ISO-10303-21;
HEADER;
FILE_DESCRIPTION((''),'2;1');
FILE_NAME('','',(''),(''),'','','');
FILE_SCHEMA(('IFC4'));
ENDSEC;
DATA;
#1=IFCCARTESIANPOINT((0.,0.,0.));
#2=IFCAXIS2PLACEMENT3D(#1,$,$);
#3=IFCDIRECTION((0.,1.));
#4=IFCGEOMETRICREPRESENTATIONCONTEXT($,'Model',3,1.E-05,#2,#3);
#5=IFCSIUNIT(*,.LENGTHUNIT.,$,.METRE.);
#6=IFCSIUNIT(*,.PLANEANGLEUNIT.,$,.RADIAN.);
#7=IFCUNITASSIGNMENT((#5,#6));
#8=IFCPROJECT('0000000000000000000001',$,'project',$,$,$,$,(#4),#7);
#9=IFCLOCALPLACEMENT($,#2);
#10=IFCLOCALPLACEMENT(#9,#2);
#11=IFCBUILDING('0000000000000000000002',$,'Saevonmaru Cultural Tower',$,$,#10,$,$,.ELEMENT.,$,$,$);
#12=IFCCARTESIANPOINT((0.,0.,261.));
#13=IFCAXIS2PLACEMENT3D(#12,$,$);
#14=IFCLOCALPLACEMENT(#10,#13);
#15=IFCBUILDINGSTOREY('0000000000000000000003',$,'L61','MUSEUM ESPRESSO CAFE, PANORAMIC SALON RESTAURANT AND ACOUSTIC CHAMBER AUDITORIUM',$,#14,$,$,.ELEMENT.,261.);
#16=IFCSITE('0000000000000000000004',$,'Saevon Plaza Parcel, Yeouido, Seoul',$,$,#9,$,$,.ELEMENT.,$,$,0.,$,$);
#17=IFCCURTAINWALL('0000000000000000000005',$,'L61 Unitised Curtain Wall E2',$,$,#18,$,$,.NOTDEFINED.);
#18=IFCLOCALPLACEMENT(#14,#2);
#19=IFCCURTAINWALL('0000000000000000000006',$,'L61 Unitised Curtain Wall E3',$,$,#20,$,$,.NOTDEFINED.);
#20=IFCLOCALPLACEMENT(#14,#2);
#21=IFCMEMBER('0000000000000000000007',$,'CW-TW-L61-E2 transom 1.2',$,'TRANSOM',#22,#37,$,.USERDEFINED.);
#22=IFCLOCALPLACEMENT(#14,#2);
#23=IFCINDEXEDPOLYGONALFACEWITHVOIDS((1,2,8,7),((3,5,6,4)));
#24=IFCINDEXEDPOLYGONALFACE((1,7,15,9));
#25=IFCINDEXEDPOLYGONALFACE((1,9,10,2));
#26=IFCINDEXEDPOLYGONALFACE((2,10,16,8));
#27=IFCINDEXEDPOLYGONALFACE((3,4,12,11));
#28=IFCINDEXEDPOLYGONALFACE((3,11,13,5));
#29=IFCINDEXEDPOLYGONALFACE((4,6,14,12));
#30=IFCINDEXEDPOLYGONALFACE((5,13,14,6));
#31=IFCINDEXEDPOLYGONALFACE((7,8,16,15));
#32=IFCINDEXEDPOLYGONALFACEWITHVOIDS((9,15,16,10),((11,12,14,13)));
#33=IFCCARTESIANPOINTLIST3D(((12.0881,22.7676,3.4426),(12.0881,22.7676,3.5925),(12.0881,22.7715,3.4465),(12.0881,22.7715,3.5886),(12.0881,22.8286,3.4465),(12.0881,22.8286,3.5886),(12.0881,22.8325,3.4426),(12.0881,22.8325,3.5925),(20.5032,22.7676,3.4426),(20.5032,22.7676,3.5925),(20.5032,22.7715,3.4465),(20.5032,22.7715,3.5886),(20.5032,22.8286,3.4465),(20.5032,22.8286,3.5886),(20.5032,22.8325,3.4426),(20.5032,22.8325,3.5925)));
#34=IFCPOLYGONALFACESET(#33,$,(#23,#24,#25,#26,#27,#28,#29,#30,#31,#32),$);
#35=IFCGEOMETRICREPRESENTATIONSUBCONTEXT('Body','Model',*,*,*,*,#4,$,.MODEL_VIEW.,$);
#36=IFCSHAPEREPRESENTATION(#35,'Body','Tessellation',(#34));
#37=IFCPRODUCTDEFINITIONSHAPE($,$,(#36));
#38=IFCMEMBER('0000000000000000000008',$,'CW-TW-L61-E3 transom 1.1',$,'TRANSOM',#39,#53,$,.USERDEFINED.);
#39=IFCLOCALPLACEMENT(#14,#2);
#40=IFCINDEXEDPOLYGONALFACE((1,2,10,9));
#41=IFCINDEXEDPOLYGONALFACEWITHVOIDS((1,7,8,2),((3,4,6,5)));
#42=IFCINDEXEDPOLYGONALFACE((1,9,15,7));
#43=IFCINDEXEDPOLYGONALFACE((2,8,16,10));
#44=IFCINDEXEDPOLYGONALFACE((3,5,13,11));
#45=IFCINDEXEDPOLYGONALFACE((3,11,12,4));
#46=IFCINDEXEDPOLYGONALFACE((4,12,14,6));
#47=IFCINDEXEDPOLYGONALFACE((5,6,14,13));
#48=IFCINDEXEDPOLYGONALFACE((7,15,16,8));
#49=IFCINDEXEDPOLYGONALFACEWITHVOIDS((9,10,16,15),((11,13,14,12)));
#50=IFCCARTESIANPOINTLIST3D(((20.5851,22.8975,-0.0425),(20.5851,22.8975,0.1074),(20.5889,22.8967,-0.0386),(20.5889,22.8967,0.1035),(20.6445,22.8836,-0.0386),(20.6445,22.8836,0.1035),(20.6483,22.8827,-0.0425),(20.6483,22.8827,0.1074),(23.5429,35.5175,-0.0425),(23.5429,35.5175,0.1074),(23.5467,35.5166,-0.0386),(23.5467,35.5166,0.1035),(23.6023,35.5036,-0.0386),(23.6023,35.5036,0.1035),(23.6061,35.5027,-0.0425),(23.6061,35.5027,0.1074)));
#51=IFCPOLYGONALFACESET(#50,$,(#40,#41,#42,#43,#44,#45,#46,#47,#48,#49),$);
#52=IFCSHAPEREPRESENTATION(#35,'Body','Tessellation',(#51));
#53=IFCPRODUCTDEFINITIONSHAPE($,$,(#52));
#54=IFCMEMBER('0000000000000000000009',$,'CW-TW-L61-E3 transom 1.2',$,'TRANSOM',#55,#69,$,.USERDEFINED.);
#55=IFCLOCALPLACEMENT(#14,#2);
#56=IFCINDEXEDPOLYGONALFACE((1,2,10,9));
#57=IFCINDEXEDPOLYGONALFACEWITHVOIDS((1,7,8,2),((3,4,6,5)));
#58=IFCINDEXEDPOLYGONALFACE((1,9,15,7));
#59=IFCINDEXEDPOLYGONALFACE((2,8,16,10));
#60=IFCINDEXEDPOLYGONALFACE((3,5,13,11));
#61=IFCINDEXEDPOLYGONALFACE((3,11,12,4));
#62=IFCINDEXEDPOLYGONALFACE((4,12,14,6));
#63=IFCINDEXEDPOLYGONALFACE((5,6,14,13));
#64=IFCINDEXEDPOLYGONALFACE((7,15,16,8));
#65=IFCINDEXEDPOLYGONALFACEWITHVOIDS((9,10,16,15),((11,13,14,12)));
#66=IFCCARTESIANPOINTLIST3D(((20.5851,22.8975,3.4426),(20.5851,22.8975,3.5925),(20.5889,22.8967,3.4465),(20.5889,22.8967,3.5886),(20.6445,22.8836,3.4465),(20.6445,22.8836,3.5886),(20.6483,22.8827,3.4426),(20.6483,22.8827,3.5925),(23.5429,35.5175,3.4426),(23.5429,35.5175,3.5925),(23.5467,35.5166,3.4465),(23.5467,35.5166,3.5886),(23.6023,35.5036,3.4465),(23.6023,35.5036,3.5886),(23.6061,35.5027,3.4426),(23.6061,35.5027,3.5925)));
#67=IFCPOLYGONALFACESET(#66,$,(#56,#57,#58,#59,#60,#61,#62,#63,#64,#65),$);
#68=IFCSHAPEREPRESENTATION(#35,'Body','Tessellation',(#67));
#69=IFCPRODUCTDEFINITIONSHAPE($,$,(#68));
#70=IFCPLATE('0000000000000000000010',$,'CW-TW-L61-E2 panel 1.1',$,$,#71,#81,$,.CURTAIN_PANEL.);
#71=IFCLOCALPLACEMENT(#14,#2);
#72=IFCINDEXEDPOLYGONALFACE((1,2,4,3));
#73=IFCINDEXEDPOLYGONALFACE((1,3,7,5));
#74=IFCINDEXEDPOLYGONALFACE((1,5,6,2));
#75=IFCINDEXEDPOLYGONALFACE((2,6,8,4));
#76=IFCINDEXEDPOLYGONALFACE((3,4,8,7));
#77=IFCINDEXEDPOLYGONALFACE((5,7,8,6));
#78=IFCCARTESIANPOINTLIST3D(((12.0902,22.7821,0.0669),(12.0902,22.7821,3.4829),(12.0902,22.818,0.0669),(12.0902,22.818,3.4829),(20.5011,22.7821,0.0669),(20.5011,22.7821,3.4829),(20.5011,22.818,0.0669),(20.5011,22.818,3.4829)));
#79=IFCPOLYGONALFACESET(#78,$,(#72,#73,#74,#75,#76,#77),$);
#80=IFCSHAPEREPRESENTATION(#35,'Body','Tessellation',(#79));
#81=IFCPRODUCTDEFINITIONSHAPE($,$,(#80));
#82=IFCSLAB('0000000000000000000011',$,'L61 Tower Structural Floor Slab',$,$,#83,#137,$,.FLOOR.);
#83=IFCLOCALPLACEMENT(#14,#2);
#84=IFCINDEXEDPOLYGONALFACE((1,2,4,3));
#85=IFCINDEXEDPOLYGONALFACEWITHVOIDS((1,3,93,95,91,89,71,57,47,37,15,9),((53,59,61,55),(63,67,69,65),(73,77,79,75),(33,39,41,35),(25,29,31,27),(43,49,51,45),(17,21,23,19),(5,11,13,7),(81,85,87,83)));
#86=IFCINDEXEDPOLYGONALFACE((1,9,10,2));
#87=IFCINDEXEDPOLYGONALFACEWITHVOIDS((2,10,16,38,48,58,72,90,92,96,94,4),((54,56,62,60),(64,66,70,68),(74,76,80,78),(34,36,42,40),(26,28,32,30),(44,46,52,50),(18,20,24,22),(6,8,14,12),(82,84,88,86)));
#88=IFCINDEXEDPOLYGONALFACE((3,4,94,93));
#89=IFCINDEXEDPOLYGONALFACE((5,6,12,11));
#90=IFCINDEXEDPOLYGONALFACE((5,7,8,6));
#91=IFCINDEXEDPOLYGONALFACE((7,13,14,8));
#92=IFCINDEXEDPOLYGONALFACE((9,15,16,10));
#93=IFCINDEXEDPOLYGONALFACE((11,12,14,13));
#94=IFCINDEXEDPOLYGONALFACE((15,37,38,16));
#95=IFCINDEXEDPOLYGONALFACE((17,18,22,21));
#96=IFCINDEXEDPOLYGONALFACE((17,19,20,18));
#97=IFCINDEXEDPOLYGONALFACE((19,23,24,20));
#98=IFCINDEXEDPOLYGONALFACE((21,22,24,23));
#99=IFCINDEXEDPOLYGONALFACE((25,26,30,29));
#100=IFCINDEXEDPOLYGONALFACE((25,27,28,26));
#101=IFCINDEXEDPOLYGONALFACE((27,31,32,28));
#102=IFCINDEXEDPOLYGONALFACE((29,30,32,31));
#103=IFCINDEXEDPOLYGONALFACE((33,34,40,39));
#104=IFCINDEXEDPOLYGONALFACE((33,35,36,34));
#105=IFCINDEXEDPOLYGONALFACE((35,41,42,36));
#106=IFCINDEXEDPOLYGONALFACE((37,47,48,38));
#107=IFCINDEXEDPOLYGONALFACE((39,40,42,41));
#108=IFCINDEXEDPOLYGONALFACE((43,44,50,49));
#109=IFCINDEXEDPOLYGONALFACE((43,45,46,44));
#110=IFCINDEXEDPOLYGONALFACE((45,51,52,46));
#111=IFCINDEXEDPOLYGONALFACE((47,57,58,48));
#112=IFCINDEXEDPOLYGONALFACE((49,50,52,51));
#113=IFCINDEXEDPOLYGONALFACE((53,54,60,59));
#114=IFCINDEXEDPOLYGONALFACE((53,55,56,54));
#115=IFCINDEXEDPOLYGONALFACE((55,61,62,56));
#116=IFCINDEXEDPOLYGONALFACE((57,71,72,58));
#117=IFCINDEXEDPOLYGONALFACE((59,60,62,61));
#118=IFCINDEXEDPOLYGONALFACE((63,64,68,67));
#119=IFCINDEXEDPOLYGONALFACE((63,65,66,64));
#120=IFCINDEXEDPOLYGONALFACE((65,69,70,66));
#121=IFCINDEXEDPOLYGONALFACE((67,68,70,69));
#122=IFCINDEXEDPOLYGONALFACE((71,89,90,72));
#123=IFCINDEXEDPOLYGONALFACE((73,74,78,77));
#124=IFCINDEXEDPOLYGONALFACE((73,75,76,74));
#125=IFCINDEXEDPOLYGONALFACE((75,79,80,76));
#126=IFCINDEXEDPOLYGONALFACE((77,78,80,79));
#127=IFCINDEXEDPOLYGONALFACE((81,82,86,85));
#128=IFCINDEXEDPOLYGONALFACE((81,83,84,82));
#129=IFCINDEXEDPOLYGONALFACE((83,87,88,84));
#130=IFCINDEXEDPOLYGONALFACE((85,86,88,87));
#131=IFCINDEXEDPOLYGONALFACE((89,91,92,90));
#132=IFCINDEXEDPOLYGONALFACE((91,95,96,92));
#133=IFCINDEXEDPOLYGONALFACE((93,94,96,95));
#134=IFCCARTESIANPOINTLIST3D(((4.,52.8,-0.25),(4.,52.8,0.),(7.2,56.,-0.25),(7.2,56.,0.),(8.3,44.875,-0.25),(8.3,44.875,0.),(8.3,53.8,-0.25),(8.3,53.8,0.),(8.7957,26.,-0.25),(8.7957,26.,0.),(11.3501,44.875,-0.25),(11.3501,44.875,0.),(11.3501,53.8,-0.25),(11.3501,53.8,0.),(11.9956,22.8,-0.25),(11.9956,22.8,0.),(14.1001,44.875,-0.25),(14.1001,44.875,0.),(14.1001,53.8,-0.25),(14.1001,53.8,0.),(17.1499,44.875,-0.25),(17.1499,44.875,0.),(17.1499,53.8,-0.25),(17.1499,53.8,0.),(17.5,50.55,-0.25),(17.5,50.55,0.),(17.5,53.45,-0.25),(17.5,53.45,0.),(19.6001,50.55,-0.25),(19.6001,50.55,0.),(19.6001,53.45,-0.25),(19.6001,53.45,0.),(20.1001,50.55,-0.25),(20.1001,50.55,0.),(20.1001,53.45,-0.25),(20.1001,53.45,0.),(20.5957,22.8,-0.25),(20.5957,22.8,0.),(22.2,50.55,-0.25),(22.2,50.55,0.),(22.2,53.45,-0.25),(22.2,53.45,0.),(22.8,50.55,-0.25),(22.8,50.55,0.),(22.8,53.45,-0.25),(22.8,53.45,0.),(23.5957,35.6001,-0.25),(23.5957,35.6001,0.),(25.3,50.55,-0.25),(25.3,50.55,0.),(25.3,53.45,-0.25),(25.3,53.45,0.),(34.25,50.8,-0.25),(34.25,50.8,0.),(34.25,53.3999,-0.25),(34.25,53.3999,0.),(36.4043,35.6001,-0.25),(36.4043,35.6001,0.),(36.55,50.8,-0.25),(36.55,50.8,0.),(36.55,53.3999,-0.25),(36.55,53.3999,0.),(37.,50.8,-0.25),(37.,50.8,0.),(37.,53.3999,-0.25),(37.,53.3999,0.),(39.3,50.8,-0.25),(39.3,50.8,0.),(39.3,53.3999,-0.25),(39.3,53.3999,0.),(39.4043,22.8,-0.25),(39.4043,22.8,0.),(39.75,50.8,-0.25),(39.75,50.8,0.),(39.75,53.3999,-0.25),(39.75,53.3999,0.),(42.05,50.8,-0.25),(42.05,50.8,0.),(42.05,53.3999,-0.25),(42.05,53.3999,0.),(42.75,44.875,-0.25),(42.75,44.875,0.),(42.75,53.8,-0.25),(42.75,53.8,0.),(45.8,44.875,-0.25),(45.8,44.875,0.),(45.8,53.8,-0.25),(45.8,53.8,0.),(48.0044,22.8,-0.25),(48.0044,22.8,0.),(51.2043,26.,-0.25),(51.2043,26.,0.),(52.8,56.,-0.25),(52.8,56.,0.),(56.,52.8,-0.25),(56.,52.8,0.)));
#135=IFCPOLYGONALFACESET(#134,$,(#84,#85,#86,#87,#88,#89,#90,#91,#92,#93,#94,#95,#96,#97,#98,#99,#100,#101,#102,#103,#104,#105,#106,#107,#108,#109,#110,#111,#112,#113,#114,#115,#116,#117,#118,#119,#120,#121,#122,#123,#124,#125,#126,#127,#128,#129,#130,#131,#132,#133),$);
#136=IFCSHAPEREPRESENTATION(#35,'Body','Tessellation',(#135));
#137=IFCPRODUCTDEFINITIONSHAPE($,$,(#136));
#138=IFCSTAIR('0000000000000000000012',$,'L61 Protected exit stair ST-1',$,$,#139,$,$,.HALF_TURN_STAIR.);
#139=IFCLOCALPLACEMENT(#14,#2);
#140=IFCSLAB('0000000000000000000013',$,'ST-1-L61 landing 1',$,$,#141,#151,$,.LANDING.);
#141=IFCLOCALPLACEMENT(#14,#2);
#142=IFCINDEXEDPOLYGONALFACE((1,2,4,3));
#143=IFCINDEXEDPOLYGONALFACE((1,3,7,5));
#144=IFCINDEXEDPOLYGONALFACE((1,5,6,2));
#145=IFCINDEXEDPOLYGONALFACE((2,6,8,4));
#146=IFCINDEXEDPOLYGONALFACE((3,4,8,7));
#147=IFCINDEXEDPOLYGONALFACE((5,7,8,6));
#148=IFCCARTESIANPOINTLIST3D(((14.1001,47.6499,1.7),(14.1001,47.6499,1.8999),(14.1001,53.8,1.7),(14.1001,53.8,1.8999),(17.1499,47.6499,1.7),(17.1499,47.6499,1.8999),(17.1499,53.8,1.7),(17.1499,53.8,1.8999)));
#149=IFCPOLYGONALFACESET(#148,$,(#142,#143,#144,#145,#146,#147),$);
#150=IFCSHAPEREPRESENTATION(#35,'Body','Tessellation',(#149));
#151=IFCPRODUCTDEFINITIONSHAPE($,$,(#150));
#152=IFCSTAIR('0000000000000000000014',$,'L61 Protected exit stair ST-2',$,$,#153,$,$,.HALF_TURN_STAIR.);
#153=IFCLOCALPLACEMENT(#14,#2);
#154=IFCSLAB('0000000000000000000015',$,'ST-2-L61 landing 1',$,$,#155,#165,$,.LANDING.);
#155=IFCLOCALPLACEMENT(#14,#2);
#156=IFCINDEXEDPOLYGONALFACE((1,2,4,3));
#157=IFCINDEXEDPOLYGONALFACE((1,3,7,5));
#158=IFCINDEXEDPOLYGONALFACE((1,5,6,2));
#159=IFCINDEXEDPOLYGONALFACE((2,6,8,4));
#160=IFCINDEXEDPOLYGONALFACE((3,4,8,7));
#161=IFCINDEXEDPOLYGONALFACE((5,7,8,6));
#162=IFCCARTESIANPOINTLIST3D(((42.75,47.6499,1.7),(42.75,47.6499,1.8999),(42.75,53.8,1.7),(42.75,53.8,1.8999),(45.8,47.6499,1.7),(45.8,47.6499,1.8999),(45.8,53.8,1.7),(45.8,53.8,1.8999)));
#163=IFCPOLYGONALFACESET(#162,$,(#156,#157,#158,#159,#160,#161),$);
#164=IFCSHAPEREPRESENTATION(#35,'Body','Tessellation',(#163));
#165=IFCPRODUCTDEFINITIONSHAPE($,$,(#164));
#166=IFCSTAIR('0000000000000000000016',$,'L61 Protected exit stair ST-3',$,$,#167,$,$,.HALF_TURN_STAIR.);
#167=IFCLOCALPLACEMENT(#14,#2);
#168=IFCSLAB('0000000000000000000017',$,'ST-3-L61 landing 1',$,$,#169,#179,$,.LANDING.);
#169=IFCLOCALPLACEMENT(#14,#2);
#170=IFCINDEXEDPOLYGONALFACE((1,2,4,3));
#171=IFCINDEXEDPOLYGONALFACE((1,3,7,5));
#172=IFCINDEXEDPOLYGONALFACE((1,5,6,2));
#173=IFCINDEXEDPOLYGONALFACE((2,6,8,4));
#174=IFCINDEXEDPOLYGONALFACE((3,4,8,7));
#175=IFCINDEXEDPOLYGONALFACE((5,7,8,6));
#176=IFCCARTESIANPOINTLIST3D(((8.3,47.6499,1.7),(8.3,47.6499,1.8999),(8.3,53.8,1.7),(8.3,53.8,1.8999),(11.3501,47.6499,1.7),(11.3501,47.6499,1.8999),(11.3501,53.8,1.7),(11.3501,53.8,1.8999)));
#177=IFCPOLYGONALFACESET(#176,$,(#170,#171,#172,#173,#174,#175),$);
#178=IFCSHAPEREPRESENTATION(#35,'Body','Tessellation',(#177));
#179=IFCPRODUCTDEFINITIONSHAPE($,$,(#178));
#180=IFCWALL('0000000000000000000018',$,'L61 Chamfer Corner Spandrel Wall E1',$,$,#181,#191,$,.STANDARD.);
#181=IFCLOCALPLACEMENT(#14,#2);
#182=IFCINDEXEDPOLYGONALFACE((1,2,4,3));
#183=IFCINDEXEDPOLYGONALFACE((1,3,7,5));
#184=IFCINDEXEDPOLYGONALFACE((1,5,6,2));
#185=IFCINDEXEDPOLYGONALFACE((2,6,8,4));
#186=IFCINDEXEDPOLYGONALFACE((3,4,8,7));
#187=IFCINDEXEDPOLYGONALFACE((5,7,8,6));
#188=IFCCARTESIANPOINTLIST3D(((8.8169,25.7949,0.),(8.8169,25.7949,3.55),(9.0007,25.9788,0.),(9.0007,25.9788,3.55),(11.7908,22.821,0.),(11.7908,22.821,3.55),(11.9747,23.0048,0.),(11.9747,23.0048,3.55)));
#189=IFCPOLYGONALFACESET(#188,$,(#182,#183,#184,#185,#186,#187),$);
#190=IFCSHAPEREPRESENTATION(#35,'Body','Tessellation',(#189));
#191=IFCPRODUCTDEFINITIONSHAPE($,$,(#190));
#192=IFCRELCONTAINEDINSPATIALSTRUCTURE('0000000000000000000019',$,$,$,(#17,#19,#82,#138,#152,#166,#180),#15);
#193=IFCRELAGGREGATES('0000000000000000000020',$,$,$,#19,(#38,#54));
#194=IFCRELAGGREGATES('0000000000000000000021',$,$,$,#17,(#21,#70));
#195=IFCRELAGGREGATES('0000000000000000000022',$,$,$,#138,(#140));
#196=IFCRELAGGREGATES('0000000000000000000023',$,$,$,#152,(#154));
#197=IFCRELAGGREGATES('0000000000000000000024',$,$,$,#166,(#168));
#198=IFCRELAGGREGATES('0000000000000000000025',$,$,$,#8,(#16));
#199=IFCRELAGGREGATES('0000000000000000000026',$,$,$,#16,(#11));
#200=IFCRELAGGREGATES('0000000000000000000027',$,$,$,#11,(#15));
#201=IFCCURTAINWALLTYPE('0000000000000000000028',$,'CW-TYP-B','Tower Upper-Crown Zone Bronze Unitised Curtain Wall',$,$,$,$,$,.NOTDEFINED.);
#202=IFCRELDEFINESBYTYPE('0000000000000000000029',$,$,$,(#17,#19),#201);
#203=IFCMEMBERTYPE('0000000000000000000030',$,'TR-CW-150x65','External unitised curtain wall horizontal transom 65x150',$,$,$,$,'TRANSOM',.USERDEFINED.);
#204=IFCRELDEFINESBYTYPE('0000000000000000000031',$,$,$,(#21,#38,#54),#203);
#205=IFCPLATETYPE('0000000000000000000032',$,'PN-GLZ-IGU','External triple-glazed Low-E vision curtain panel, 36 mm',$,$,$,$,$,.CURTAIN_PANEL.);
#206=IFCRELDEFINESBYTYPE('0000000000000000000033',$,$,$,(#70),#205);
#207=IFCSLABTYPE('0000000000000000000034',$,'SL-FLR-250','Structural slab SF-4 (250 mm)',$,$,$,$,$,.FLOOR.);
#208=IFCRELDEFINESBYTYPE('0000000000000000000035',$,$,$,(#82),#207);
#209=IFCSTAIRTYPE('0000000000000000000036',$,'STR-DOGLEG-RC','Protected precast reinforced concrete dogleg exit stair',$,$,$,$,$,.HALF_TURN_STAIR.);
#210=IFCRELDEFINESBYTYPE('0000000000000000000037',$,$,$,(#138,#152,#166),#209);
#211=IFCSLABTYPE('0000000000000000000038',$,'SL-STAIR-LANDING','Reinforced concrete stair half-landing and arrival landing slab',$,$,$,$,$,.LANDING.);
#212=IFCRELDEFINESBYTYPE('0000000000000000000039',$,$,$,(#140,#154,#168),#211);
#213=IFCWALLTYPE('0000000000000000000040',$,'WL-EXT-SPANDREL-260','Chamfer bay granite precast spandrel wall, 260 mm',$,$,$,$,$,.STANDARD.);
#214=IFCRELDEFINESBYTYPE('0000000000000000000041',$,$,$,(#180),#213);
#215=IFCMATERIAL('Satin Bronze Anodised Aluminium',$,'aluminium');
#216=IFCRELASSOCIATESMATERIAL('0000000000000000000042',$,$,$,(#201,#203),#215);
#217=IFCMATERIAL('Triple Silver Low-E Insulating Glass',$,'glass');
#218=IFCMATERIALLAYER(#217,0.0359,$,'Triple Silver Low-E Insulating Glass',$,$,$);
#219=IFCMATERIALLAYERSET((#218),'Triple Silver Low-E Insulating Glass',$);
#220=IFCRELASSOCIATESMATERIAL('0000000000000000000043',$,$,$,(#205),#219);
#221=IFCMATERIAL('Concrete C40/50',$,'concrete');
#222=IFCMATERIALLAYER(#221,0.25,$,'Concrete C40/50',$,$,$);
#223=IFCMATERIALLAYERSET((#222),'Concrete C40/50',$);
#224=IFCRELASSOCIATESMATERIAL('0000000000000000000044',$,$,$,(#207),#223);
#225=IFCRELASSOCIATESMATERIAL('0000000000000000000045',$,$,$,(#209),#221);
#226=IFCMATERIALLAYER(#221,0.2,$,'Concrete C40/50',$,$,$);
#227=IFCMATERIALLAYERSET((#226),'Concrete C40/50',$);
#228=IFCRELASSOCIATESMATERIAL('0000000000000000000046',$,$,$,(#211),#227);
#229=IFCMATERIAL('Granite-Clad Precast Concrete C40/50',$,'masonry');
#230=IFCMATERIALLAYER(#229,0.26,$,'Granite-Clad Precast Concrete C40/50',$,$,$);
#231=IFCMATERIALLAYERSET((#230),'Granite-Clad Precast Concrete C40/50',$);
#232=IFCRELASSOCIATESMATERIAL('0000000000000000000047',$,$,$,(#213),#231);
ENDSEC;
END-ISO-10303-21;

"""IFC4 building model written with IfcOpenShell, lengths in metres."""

from ifc_helpers import new_model, si_unit, direction, frame, frame_2d, origin, origin_2d, place, context, subcontext, project, spatial, polyline, rectangle, hollow_rectangle, outline, extrude, material, layer, layer_set, material_profile, profile_set, type_object, element, aggregate, save


model = new_model("IFC4")

# Units and contexts
model_context = context("Model", 3, precision=1e-05, world=origin(), true_north=direction((0.0, 1.0)))
body_context = subcontext(model_context, "Body", "Model", "MODEL_VIEW")
ifc_project = project(units=[si_unit("LENGTHUNIT", "METRE"), si_unit("PLANEANGLEUNIT", "RADIAN")], contexts=[model_context])

# Site, building, storey
site_placement = place(None, origin())
site = spatial("IfcSite", under=ifc_project, at=site_placement, Name="Saevon Plaza Parcel, Yeouido, Seoul", CompositionType="ELEMENT", RefElevation=0.0)
building_placement = place(site_placement, origin())
building = spatial("IfcBuilding", under=site, at=building_placement, Name="Saevonmaru Cultural Tower", CompositionType="ELEMENT")
storey_placement = place(building_placement, frame((0.0, 0.0, 261.0)))
storey = spatial("IfcBuildingStorey", under=building, at=storey_placement, Name="L61", Description="MUSEUM ESPRESSO CAFE, PANORAMIC SALON RESTAURANT AND ACOUSTIC CHAMBER AUDITORIUM", CompositionType="ELEMENT", Elevation=261.0)

# Curtain wall
ifc_material_1 = material(Name="Satin Bronze Anodised Aluminium", Category="aluminium")
curtain_wall_type = type_object("IfcCurtainWallType", Name="CW-TYP-B", Description="Tower Upper-Crown Zone Bronze Unitised Curtain Wall", PredefinedType="NOTDEFINED", material=ifc_material_1)
curtain_wall_1_placement = place(storey_placement, origin())
curtain_wall_1 = element("IfcCurtainWall", 1, at=curtain_wall_1_placement, inside=storey, type_object=curtain_wall_type, Name="L61 Unitised Curtain Wall E2", PredefinedType="NOTDEFINED")

# Curtain wall
curtain_wall_2_placement = place(storey_placement, origin())
curtain_wall_2 = element("IfcCurtainWall", 2, at=curtain_wall_2_placement, inside=storey, type_object=curtain_wall_type, Name="L61 Unitised Curtain Wall E3", PredefinedType="NOTDEFINED")

# Members
ifc_material_profile_1 = material_profile(ifc_material_1, hollow_rectangle(XDim=0.0649, YDim=0.1499, WallThickness=0.0039, at=origin_2d()), Name="ALU-TRAN-150x65x4")
ifc_profile_set_1 = profile_set([ifc_material_profile_1], Name="Satin Bronze Anodised Aluminium")
member_type_1 = type_object("IfcMemberType", Name="TR-CW-150x65", Description="External unitised curtain wall horizontal transom 65x150", ElementType="TRANSOM", PredefinedType="USERDEFINED", material=ifc_profile_set_1)
member_1_placement = place(storey_placement, frame((12.0881, 22.8, 3.5176), z_axis=(1.0, 0.0, 0.0), x_axis=(0.0, 1.0, 0.0)))
member_1 = element("IfcMember", 3, at=member_1_placement, type_object=member_type_1, Name="CW-TW-L61-E2 transom 1.2", ObjectType="TRANSOM", PredefinedType="USERDEFINED", context=body_context, shape_type="SweptSolid", body=[
    extrude(hollow_rectangle(XDim=0.0649, YDim=0.1499, WallThickness=0.0039, at=origin_2d()), origin(), (0.0, 0.0, 1.0), 8.415),
])
member_2_placement = place(storey_placement, frame((20.6167, 22.8901, 0.0325), z_axis=(0.22819, 0.973617, 0.0), x_axis=(-0.973617, 0.22819, 0.0)))
member_2 = element("IfcMember", 4, at=member_2_placement, type_object=member_type_1, Name="CW-TW-L61-E3 transom 1.1", ObjectType="TRANSOM", PredefinedType="USERDEFINED", context=body_context, shape_type="SweptSolid", body=[
    extrude(hollow_rectangle(XDim=0.0649, YDim=0.1499, WallThickness=0.0039, at=origin_2d()), origin(), (0.0, 0.0, 1.0), 12.9619),
])
member_3_placement = place(storey_placement, frame((20.6167, 22.8901, 3.5176), z_axis=(0.22819, 0.973617, 0.0), x_axis=(-0.973617, 0.22819, 0.0)))
member_3 = element("IfcMember", 5, at=member_3_placement, type_object=member_type_1, Name="CW-TW-L61-E3 transom 1.2", ObjectType="TRANSOM", PredefinedType="USERDEFINED", context=body_context, shape_type="SweptSolid", body=[
    extrude(hollow_rectangle(XDim=0.0649, YDim=0.1499, WallThickness=0.0039, at=origin_2d()), origin(), (0.0, 0.0, 1.0), 12.9619),
])
aggregate(curtain_wall_2, [member_2, member_3])

# Plate
ifc_material_2 = material(Name="Triple Silver Low-E Insulating Glass", Category="glass")
ifc_layer_1 = layer(ifc_material_2, 0.0359, Name="Triple Silver Low-E Insulating Glass")
ifc_layer_set_1 = layer_set([ifc_layer_1], Name="Triple Silver Low-E Insulating Glass")
plate_type = type_object("IfcPlateType", Name="PN-GLZ-IGU", Description="External triple-glazed Low-E vision curtain panel, 36 mm", PredefinedType="CURTAIN_PANEL", material=ifc_layer_set_1)
plate_placement = place(storey_placement, frame((16.2957, 22.8, 0.0669), z_axis=(0.0, 0.0, 1.0), x_axis=(1.0, 0.0, 0.0)))
plate = element("IfcPlate", 6, at=plate_placement, type_object=plate_type, Name="CW-TW-L61-E2 panel 1.1", PredefinedType="CURTAIN_PANEL", context=body_context, shape_type="SweptSolid", body=[
    extrude(rectangle(XDim=8.4109, YDim=0.0359, at=origin_2d()), origin(), (0.0, 0.0, 1.0), 3.416),
])
aggregate(curtain_wall_1, [member_1, plate])

# Slab
ifc_material_3 = material(Name="Concrete C40/50", Category="concrete")
ifc_layer_2 = layer(ifc_material_3, 0.25, Name="Concrete C40/50")
ifc_layer_set_2 = layer_set([ifc_layer_2], Name="Concrete C40/50")
slab_type_1 = type_object("IfcSlabType", Name="SL-FLR-250", Description="Structural slab SF-4 (250 mm)", PredefinedType="FLOOR", material=ifc_layer_set_2)
slab_1_placement = place(storey_placement, frame((0.0, 0.0, -0.25)))
element("IfcSlab", 7, at=slab_1_placement, inside=storey, type_object=slab_type_1, Name="L61 Tower Structural Floor Slab", PredefinedType="FLOOR", context=body_context, shape_type="SweptSolid", body=[
    extrude(outline(polyline([(8.7957, 26.0), (11.9956, 22.8), (20.5957, 22.8), (23.5957, 35.6001), (36.4043, 35.6001), (39.4043, 22.8), (48.0044, 22.8), (51.2043, 26.0), (56.0, 52.8), (52.8, 56.0), (7.2, 56.0), (4.0, 52.8), (8.7957, 26.0)]), holes=[polyline([(45.8, 53.8), (45.8, 44.875), (42.75, 44.875), (42.75, 53.8), (45.8, 53.8)]), polyline([(39.75, 50.8), (39.75, 53.3999), (42.05, 53.3999), (42.05, 50.8), (39.75, 50.8)]), polyline([(37.0, 50.8), (37.0, 53.3999), (39.3, 53.3999), (39.3, 50.8), (37.0, 50.8)]), polyline([(36.55, 50.8), (34.25, 50.8), (34.25, 53.3999), (36.55, 53.3999), (36.55, 50.8)]), polyline([(25.3, 50.55), (22.8, 50.55), (22.8, 53.45), (25.3, 53.45), (25.3, 50.55)]), polyline([(22.2, 50.55), (20.1001, 50.55), (20.1001, 53.45), (22.2, 53.45), (22.2, 50.55)]), polyline([(19.6001, 50.55), (17.5, 50.55), (17.5, 53.45), (19.6001, 53.45), (19.6001, 50.55)]), polyline([(17.1499, 53.8), (17.1499, 44.875), (14.1001, 44.875), (14.1001, 53.8), (17.1499, 53.8)]), polyline([(11.3501, 53.8), (11.3501, 44.875), (8.3, 44.875), (8.3, 53.8), (11.3501, 53.8)])]), origin(), (0.0, 0.0, 1.0), 0.25),
])

# Stairs, slabs
stair_type = type_object("IfcStairType", Name="STR-DOGLEG-RC", Description="Protected precast reinforced concrete dogleg exit stair", PredefinedType="HALF_TURN_STAIR", material=ifc_material_3)
stair_1_placement = place(storey_placement, origin())
stair_1 = element("IfcStair", 8, at=stair_1_placement, inside=storey, type_object=stair_type, Name="L61 Protected exit stair ST-1", PredefinedType="HALF_TURN_STAIR")
ifc_layer_3 = layer(ifc_material_3, 0.2, Name="Concrete C40/50")
ifc_layer_set_3 = layer_set([ifc_layer_3], Name="Concrete C40/50")
slab_type_2 = type_object("IfcSlabType", Name="SL-STAIR-LANDING", Description="Reinforced concrete stair half-landing and arrival landing slab", PredefinedType="LANDING", material=ifc_layer_set_3)
slab_2_placement = place(storey_placement, frame((0.0, 0.0, 1.7)))
slab_2 = element("IfcSlab", 9, at=slab_2_placement, type_object=slab_type_2, Name="ST-1-L61 landing 1", PredefinedType="LANDING", context=body_context, shape_type="SweptSolid", body=[
    extrude(outline(polyline([(17.1499, 47.6499), (17.1499, 53.8), (14.1001, 53.8), (14.1001, 47.6499), (17.1499, 47.6499)])), origin(), (0.0, 0.0, 1.0), 0.2),
])
aggregate(stair_1, [slab_2])
stair_2_placement = place(storey_placement, origin())
stair_2 = element("IfcStair", 10, at=stair_2_placement, inside=storey, type_object=stair_type, Name="L61 Protected exit stair ST-2", PredefinedType="HALF_TURN_STAIR")
slab_3_placement = place(storey_placement, frame((0.0, 0.0, 1.7)))
slab_3 = element("IfcSlab", 11, at=slab_3_placement, type_object=slab_type_2, Name="ST-2-L61 landing 1", PredefinedType="LANDING", context=body_context, shape_type="SweptSolid", body=[
    extrude(outline(polyline([(45.8, 47.6499), (45.8, 53.8), (42.75, 53.8), (42.75, 47.6499), (45.8, 47.6499)])), origin(), (0.0, 0.0, 1.0), 0.2),
])
aggregate(stair_2, [slab_3])
stair_3_placement = place(storey_placement, origin())
stair_3 = element("IfcStair", 12, at=stair_3_placement, inside=storey, type_object=stair_type, Name="L61 Protected exit stair ST-3", PredefinedType="HALF_TURN_STAIR")
slab_4_placement = place(storey_placement, frame((0.0, 0.0, 1.7)))
slab_4 = element("IfcSlab", 13, at=slab_4_placement, type_object=slab_type_2, Name="ST-3-L61 landing 1", PredefinedType="LANDING", context=body_context, shape_type="SweptSolid", body=[
    extrude(outline(polyline([(11.3501, 47.6499), (11.3501, 53.8), (8.3, 53.8), (8.3, 47.6499), (11.3501, 47.6499)])), origin(), (0.0, 0.0, 1.0), 0.2),
])
aggregate(stair_3, [slab_4])

# Wall
ifc_material_4 = material(Name="Granite-Clad Precast Concrete C40/50", Category="masonry")
ifc_layer_4 = layer(ifc_material_4, 0.26, Name="Granite-Clad Precast Concrete C40/50")
ifc_layer_set_4 = layer_set([ifc_layer_4], Name="Granite-Clad Precast Concrete C40/50")
wall_type_1 = type_object("IfcWallType", Name="WL-EXT-SPANDREL-260", Description="Chamfer bay granite precast spandrel wall, 260 mm", PredefinedType="STANDARD", material=ifc_layer_set_4)
wall_1_placement = place(storey_placement, frame((8.9087, 25.887, 0.0), z_axis=(0.0, 0.0, 1.0), x_axis=(0.707107, -0.707107, 0.0)))
element("IfcWall", 14, at=wall_1_placement, inside=storey, type_object=wall_type_1, Name="L61 Chamfer Corner Spandrel Wall E1", PredefinedType="STANDARD", context=body_context, shape_type="SweptSolid", body=[
    extrude(rectangle(XDim=4.2058, YDim=0.26, at=frame_2d((2.103, 0.0))), origin(), (0.0, 0.0, 1.0), 3.55),
])

save(model, "model.ifc")
